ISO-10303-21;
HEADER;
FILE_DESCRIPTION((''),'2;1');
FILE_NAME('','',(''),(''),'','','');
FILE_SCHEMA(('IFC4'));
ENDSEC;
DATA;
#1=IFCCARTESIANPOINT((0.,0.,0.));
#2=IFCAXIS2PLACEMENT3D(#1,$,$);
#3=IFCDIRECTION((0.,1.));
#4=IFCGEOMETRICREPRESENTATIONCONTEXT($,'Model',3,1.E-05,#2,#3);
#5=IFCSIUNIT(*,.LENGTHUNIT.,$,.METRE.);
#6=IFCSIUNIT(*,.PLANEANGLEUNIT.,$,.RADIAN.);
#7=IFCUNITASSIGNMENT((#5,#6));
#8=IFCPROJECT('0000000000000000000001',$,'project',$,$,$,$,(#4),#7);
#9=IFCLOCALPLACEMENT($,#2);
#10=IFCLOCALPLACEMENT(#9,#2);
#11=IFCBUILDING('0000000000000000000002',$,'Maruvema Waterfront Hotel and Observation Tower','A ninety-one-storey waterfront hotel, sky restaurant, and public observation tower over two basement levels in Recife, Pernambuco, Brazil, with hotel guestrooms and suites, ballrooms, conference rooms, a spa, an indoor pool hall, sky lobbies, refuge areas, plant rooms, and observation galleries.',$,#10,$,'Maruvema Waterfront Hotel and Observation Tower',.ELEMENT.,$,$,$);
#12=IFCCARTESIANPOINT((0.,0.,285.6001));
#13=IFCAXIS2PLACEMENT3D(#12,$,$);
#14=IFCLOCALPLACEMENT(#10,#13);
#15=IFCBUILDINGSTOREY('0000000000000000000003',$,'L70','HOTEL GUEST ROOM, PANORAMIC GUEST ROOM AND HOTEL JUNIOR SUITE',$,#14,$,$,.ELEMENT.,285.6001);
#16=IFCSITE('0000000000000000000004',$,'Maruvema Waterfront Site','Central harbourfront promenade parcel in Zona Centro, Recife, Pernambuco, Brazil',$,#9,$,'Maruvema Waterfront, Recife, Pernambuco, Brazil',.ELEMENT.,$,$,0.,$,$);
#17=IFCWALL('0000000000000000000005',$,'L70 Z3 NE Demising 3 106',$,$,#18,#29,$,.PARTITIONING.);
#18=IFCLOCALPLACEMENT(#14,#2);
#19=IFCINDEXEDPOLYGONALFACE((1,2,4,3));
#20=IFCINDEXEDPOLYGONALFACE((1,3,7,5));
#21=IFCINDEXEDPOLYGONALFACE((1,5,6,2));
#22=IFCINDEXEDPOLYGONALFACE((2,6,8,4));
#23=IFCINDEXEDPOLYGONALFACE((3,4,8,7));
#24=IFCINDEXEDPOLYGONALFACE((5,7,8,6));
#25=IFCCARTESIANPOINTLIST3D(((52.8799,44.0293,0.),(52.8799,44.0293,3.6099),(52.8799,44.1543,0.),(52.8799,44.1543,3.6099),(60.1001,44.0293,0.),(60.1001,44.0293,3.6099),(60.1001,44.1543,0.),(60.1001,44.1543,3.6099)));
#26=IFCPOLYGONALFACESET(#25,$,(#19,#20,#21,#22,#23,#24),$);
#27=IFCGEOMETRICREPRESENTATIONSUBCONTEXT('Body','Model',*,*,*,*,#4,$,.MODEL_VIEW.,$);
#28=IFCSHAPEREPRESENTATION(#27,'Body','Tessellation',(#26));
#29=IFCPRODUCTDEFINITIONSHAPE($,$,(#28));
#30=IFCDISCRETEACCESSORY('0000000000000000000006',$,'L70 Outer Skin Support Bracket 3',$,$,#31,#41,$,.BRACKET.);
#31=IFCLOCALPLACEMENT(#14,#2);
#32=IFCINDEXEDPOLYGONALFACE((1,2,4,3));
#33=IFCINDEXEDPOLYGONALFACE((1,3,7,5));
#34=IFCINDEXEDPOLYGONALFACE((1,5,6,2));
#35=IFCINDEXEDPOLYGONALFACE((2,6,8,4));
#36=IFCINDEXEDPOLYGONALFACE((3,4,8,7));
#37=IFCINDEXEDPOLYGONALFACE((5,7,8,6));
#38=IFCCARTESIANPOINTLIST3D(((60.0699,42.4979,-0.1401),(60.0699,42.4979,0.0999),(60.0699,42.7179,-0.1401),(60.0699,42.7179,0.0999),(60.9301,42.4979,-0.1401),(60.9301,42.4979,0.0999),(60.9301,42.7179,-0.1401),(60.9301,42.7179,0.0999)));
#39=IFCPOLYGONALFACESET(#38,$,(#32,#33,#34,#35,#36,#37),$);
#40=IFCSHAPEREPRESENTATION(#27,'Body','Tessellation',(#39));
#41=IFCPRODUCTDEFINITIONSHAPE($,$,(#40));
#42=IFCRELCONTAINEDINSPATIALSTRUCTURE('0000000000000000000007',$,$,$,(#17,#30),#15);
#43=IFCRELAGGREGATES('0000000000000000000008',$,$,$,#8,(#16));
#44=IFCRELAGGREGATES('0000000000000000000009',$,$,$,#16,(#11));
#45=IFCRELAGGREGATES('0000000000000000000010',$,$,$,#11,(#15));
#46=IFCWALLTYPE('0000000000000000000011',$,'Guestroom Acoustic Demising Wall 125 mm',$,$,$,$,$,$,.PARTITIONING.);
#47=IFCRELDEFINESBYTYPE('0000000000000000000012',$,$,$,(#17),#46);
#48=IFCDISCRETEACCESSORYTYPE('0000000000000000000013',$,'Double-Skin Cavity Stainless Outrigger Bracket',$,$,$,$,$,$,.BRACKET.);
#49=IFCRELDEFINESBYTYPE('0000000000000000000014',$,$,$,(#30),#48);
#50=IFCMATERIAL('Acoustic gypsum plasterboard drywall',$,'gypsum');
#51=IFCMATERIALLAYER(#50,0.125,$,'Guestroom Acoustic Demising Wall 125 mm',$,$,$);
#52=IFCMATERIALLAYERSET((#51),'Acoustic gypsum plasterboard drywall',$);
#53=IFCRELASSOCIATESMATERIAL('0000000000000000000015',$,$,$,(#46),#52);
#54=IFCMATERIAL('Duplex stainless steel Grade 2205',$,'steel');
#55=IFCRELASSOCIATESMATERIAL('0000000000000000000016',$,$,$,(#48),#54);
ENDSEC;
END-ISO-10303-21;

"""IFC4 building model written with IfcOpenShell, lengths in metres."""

from ifc_helpers import new_model, si_unit, direction, frame, frame_2d, origin, origin_2d, place, context, subcontext, project, spatial, rectangle, extrude, material, layer, layer_set, type_object, element, save


model = new_model("IFC4")

# Units and contexts
model_context = context("Model", 3, precision=1e-05, world=origin(), true_north=direction((0.0, 1.0)))
body_context = subcontext(model_context, "Body", "Model", "MODEL_VIEW")
ifc_project = project(units=[si_unit("LENGTHUNIT", "METRE"), si_unit("PLANEANGLEUNIT", "RADIAN")], contexts=[model_context])

# Site, building, storey
site_placement = place(None, origin())
site = spatial("IfcSite", under=ifc_project, at=site_placement, Name="Maruvema Waterfront Site", Description="Central harbourfront promenade parcel in Zona Centro, Recife, Pernambuco, Brazil", LongName="Maruvema Waterfront, Recife, Pernambuco, Brazil", CompositionType="ELEMENT", RefElevation=0.0)
building_placement = place(site_placement, origin())
building = spatial("IfcBuilding", under=site, at=building_placement, Name="Maruvema Waterfront Hotel and Observation Tower", Description="A ninety-one-storey waterfront hotel, sky restaurant, and public observation tower over two basement levels in Recife, Pernambuco, Brazil, with hotel guestrooms and suites, ballrooms, conference rooms, a spa, an indoor pool hall, sky lobbies, refuge areas, plant rooms, and observation galleries.", LongName="Maruvema Waterfront Hotel and Observation Tower", CompositionType="ELEMENT")
storey_placement = place(building_placement, frame((0.0, 0.0, 285.6001)))
storey = spatial("IfcBuildingStorey", under=building, at=storey_placement, Name="L70", Description="HOTEL GUEST ROOM, PANORAMIC GUEST ROOM AND HOTEL JUNIOR SUITE", CompositionType="ELEMENT", Elevation=285.6001)

# Wall
ifc_material_1 = material(Name="Acoustic gypsum plasterboard drywall", Category="gypsum")
ifc_layer_1 = layer(ifc_material_1, 0.125, Name="Guestroom Acoustic Demising Wall 125 mm")
ifc_layer_set_1 = layer_set([ifc_layer_1], Name="Acoustic gypsum plasterboard drywall")
wall_type_1 = type_object("IfcWallType", Name="Guestroom Acoustic Demising Wall 125 mm", PredefinedType="PARTITIONING", material=ifc_layer_set_1)
wall_1_placement = place(storey_placement, frame((52.8799, 44.0918, 0.0), z_axis=(0.0, 0.0, 1.0), x_axis=(1.0, 0.0, 0.0)))
element("IfcWall", 1, at=wall_1_placement, inside=storey, type_object=wall_type_1, Name="L70 Z3 NE Demising 3 106", PredefinedType="PARTITIONING", context=body_context, shape_type="SweptSolid", body=[
    extrude(rectangle(XDim=7.2202, YDim=0.125, at=frame_2d((3.6101, 0.0))), origin(), (0.0, 0.0, 1.0), 3.6099),
])

# Discrete accessory
ifc_material_2 = material(Name="Duplex stainless steel Grade 2205", Category="steel")
discrete_accessory_type = type_object("IfcDiscreteAccessoryType", Name="Double-Skin Cavity Stainless Outrigger Bracket", PredefinedType="BRACKET", material=ifc_material_2)
discrete_accessory_placement = place(storey_placement, frame((60.5, 42.6079, -0.1401), z_axis=(0.0, 0.0, 1.0), x_axis=(0.0, 1.0, 0.0)))
element("IfcDiscreteAccessory", 2, at=discrete_accessory_placement, inside=storey, type_object=discrete_accessory_type, Name="L70 Outer Skin Support Bracket 3", PredefinedType="BRACKET", context=body_context, shape_type="SweptSolid", body=[
    extrude(rectangle(XDim=0.22, YDim=0.8601, at=origin_2d()), origin(), (0.0, 0.0, 1.0), 0.24),
])

save(model, "model.ifc")
